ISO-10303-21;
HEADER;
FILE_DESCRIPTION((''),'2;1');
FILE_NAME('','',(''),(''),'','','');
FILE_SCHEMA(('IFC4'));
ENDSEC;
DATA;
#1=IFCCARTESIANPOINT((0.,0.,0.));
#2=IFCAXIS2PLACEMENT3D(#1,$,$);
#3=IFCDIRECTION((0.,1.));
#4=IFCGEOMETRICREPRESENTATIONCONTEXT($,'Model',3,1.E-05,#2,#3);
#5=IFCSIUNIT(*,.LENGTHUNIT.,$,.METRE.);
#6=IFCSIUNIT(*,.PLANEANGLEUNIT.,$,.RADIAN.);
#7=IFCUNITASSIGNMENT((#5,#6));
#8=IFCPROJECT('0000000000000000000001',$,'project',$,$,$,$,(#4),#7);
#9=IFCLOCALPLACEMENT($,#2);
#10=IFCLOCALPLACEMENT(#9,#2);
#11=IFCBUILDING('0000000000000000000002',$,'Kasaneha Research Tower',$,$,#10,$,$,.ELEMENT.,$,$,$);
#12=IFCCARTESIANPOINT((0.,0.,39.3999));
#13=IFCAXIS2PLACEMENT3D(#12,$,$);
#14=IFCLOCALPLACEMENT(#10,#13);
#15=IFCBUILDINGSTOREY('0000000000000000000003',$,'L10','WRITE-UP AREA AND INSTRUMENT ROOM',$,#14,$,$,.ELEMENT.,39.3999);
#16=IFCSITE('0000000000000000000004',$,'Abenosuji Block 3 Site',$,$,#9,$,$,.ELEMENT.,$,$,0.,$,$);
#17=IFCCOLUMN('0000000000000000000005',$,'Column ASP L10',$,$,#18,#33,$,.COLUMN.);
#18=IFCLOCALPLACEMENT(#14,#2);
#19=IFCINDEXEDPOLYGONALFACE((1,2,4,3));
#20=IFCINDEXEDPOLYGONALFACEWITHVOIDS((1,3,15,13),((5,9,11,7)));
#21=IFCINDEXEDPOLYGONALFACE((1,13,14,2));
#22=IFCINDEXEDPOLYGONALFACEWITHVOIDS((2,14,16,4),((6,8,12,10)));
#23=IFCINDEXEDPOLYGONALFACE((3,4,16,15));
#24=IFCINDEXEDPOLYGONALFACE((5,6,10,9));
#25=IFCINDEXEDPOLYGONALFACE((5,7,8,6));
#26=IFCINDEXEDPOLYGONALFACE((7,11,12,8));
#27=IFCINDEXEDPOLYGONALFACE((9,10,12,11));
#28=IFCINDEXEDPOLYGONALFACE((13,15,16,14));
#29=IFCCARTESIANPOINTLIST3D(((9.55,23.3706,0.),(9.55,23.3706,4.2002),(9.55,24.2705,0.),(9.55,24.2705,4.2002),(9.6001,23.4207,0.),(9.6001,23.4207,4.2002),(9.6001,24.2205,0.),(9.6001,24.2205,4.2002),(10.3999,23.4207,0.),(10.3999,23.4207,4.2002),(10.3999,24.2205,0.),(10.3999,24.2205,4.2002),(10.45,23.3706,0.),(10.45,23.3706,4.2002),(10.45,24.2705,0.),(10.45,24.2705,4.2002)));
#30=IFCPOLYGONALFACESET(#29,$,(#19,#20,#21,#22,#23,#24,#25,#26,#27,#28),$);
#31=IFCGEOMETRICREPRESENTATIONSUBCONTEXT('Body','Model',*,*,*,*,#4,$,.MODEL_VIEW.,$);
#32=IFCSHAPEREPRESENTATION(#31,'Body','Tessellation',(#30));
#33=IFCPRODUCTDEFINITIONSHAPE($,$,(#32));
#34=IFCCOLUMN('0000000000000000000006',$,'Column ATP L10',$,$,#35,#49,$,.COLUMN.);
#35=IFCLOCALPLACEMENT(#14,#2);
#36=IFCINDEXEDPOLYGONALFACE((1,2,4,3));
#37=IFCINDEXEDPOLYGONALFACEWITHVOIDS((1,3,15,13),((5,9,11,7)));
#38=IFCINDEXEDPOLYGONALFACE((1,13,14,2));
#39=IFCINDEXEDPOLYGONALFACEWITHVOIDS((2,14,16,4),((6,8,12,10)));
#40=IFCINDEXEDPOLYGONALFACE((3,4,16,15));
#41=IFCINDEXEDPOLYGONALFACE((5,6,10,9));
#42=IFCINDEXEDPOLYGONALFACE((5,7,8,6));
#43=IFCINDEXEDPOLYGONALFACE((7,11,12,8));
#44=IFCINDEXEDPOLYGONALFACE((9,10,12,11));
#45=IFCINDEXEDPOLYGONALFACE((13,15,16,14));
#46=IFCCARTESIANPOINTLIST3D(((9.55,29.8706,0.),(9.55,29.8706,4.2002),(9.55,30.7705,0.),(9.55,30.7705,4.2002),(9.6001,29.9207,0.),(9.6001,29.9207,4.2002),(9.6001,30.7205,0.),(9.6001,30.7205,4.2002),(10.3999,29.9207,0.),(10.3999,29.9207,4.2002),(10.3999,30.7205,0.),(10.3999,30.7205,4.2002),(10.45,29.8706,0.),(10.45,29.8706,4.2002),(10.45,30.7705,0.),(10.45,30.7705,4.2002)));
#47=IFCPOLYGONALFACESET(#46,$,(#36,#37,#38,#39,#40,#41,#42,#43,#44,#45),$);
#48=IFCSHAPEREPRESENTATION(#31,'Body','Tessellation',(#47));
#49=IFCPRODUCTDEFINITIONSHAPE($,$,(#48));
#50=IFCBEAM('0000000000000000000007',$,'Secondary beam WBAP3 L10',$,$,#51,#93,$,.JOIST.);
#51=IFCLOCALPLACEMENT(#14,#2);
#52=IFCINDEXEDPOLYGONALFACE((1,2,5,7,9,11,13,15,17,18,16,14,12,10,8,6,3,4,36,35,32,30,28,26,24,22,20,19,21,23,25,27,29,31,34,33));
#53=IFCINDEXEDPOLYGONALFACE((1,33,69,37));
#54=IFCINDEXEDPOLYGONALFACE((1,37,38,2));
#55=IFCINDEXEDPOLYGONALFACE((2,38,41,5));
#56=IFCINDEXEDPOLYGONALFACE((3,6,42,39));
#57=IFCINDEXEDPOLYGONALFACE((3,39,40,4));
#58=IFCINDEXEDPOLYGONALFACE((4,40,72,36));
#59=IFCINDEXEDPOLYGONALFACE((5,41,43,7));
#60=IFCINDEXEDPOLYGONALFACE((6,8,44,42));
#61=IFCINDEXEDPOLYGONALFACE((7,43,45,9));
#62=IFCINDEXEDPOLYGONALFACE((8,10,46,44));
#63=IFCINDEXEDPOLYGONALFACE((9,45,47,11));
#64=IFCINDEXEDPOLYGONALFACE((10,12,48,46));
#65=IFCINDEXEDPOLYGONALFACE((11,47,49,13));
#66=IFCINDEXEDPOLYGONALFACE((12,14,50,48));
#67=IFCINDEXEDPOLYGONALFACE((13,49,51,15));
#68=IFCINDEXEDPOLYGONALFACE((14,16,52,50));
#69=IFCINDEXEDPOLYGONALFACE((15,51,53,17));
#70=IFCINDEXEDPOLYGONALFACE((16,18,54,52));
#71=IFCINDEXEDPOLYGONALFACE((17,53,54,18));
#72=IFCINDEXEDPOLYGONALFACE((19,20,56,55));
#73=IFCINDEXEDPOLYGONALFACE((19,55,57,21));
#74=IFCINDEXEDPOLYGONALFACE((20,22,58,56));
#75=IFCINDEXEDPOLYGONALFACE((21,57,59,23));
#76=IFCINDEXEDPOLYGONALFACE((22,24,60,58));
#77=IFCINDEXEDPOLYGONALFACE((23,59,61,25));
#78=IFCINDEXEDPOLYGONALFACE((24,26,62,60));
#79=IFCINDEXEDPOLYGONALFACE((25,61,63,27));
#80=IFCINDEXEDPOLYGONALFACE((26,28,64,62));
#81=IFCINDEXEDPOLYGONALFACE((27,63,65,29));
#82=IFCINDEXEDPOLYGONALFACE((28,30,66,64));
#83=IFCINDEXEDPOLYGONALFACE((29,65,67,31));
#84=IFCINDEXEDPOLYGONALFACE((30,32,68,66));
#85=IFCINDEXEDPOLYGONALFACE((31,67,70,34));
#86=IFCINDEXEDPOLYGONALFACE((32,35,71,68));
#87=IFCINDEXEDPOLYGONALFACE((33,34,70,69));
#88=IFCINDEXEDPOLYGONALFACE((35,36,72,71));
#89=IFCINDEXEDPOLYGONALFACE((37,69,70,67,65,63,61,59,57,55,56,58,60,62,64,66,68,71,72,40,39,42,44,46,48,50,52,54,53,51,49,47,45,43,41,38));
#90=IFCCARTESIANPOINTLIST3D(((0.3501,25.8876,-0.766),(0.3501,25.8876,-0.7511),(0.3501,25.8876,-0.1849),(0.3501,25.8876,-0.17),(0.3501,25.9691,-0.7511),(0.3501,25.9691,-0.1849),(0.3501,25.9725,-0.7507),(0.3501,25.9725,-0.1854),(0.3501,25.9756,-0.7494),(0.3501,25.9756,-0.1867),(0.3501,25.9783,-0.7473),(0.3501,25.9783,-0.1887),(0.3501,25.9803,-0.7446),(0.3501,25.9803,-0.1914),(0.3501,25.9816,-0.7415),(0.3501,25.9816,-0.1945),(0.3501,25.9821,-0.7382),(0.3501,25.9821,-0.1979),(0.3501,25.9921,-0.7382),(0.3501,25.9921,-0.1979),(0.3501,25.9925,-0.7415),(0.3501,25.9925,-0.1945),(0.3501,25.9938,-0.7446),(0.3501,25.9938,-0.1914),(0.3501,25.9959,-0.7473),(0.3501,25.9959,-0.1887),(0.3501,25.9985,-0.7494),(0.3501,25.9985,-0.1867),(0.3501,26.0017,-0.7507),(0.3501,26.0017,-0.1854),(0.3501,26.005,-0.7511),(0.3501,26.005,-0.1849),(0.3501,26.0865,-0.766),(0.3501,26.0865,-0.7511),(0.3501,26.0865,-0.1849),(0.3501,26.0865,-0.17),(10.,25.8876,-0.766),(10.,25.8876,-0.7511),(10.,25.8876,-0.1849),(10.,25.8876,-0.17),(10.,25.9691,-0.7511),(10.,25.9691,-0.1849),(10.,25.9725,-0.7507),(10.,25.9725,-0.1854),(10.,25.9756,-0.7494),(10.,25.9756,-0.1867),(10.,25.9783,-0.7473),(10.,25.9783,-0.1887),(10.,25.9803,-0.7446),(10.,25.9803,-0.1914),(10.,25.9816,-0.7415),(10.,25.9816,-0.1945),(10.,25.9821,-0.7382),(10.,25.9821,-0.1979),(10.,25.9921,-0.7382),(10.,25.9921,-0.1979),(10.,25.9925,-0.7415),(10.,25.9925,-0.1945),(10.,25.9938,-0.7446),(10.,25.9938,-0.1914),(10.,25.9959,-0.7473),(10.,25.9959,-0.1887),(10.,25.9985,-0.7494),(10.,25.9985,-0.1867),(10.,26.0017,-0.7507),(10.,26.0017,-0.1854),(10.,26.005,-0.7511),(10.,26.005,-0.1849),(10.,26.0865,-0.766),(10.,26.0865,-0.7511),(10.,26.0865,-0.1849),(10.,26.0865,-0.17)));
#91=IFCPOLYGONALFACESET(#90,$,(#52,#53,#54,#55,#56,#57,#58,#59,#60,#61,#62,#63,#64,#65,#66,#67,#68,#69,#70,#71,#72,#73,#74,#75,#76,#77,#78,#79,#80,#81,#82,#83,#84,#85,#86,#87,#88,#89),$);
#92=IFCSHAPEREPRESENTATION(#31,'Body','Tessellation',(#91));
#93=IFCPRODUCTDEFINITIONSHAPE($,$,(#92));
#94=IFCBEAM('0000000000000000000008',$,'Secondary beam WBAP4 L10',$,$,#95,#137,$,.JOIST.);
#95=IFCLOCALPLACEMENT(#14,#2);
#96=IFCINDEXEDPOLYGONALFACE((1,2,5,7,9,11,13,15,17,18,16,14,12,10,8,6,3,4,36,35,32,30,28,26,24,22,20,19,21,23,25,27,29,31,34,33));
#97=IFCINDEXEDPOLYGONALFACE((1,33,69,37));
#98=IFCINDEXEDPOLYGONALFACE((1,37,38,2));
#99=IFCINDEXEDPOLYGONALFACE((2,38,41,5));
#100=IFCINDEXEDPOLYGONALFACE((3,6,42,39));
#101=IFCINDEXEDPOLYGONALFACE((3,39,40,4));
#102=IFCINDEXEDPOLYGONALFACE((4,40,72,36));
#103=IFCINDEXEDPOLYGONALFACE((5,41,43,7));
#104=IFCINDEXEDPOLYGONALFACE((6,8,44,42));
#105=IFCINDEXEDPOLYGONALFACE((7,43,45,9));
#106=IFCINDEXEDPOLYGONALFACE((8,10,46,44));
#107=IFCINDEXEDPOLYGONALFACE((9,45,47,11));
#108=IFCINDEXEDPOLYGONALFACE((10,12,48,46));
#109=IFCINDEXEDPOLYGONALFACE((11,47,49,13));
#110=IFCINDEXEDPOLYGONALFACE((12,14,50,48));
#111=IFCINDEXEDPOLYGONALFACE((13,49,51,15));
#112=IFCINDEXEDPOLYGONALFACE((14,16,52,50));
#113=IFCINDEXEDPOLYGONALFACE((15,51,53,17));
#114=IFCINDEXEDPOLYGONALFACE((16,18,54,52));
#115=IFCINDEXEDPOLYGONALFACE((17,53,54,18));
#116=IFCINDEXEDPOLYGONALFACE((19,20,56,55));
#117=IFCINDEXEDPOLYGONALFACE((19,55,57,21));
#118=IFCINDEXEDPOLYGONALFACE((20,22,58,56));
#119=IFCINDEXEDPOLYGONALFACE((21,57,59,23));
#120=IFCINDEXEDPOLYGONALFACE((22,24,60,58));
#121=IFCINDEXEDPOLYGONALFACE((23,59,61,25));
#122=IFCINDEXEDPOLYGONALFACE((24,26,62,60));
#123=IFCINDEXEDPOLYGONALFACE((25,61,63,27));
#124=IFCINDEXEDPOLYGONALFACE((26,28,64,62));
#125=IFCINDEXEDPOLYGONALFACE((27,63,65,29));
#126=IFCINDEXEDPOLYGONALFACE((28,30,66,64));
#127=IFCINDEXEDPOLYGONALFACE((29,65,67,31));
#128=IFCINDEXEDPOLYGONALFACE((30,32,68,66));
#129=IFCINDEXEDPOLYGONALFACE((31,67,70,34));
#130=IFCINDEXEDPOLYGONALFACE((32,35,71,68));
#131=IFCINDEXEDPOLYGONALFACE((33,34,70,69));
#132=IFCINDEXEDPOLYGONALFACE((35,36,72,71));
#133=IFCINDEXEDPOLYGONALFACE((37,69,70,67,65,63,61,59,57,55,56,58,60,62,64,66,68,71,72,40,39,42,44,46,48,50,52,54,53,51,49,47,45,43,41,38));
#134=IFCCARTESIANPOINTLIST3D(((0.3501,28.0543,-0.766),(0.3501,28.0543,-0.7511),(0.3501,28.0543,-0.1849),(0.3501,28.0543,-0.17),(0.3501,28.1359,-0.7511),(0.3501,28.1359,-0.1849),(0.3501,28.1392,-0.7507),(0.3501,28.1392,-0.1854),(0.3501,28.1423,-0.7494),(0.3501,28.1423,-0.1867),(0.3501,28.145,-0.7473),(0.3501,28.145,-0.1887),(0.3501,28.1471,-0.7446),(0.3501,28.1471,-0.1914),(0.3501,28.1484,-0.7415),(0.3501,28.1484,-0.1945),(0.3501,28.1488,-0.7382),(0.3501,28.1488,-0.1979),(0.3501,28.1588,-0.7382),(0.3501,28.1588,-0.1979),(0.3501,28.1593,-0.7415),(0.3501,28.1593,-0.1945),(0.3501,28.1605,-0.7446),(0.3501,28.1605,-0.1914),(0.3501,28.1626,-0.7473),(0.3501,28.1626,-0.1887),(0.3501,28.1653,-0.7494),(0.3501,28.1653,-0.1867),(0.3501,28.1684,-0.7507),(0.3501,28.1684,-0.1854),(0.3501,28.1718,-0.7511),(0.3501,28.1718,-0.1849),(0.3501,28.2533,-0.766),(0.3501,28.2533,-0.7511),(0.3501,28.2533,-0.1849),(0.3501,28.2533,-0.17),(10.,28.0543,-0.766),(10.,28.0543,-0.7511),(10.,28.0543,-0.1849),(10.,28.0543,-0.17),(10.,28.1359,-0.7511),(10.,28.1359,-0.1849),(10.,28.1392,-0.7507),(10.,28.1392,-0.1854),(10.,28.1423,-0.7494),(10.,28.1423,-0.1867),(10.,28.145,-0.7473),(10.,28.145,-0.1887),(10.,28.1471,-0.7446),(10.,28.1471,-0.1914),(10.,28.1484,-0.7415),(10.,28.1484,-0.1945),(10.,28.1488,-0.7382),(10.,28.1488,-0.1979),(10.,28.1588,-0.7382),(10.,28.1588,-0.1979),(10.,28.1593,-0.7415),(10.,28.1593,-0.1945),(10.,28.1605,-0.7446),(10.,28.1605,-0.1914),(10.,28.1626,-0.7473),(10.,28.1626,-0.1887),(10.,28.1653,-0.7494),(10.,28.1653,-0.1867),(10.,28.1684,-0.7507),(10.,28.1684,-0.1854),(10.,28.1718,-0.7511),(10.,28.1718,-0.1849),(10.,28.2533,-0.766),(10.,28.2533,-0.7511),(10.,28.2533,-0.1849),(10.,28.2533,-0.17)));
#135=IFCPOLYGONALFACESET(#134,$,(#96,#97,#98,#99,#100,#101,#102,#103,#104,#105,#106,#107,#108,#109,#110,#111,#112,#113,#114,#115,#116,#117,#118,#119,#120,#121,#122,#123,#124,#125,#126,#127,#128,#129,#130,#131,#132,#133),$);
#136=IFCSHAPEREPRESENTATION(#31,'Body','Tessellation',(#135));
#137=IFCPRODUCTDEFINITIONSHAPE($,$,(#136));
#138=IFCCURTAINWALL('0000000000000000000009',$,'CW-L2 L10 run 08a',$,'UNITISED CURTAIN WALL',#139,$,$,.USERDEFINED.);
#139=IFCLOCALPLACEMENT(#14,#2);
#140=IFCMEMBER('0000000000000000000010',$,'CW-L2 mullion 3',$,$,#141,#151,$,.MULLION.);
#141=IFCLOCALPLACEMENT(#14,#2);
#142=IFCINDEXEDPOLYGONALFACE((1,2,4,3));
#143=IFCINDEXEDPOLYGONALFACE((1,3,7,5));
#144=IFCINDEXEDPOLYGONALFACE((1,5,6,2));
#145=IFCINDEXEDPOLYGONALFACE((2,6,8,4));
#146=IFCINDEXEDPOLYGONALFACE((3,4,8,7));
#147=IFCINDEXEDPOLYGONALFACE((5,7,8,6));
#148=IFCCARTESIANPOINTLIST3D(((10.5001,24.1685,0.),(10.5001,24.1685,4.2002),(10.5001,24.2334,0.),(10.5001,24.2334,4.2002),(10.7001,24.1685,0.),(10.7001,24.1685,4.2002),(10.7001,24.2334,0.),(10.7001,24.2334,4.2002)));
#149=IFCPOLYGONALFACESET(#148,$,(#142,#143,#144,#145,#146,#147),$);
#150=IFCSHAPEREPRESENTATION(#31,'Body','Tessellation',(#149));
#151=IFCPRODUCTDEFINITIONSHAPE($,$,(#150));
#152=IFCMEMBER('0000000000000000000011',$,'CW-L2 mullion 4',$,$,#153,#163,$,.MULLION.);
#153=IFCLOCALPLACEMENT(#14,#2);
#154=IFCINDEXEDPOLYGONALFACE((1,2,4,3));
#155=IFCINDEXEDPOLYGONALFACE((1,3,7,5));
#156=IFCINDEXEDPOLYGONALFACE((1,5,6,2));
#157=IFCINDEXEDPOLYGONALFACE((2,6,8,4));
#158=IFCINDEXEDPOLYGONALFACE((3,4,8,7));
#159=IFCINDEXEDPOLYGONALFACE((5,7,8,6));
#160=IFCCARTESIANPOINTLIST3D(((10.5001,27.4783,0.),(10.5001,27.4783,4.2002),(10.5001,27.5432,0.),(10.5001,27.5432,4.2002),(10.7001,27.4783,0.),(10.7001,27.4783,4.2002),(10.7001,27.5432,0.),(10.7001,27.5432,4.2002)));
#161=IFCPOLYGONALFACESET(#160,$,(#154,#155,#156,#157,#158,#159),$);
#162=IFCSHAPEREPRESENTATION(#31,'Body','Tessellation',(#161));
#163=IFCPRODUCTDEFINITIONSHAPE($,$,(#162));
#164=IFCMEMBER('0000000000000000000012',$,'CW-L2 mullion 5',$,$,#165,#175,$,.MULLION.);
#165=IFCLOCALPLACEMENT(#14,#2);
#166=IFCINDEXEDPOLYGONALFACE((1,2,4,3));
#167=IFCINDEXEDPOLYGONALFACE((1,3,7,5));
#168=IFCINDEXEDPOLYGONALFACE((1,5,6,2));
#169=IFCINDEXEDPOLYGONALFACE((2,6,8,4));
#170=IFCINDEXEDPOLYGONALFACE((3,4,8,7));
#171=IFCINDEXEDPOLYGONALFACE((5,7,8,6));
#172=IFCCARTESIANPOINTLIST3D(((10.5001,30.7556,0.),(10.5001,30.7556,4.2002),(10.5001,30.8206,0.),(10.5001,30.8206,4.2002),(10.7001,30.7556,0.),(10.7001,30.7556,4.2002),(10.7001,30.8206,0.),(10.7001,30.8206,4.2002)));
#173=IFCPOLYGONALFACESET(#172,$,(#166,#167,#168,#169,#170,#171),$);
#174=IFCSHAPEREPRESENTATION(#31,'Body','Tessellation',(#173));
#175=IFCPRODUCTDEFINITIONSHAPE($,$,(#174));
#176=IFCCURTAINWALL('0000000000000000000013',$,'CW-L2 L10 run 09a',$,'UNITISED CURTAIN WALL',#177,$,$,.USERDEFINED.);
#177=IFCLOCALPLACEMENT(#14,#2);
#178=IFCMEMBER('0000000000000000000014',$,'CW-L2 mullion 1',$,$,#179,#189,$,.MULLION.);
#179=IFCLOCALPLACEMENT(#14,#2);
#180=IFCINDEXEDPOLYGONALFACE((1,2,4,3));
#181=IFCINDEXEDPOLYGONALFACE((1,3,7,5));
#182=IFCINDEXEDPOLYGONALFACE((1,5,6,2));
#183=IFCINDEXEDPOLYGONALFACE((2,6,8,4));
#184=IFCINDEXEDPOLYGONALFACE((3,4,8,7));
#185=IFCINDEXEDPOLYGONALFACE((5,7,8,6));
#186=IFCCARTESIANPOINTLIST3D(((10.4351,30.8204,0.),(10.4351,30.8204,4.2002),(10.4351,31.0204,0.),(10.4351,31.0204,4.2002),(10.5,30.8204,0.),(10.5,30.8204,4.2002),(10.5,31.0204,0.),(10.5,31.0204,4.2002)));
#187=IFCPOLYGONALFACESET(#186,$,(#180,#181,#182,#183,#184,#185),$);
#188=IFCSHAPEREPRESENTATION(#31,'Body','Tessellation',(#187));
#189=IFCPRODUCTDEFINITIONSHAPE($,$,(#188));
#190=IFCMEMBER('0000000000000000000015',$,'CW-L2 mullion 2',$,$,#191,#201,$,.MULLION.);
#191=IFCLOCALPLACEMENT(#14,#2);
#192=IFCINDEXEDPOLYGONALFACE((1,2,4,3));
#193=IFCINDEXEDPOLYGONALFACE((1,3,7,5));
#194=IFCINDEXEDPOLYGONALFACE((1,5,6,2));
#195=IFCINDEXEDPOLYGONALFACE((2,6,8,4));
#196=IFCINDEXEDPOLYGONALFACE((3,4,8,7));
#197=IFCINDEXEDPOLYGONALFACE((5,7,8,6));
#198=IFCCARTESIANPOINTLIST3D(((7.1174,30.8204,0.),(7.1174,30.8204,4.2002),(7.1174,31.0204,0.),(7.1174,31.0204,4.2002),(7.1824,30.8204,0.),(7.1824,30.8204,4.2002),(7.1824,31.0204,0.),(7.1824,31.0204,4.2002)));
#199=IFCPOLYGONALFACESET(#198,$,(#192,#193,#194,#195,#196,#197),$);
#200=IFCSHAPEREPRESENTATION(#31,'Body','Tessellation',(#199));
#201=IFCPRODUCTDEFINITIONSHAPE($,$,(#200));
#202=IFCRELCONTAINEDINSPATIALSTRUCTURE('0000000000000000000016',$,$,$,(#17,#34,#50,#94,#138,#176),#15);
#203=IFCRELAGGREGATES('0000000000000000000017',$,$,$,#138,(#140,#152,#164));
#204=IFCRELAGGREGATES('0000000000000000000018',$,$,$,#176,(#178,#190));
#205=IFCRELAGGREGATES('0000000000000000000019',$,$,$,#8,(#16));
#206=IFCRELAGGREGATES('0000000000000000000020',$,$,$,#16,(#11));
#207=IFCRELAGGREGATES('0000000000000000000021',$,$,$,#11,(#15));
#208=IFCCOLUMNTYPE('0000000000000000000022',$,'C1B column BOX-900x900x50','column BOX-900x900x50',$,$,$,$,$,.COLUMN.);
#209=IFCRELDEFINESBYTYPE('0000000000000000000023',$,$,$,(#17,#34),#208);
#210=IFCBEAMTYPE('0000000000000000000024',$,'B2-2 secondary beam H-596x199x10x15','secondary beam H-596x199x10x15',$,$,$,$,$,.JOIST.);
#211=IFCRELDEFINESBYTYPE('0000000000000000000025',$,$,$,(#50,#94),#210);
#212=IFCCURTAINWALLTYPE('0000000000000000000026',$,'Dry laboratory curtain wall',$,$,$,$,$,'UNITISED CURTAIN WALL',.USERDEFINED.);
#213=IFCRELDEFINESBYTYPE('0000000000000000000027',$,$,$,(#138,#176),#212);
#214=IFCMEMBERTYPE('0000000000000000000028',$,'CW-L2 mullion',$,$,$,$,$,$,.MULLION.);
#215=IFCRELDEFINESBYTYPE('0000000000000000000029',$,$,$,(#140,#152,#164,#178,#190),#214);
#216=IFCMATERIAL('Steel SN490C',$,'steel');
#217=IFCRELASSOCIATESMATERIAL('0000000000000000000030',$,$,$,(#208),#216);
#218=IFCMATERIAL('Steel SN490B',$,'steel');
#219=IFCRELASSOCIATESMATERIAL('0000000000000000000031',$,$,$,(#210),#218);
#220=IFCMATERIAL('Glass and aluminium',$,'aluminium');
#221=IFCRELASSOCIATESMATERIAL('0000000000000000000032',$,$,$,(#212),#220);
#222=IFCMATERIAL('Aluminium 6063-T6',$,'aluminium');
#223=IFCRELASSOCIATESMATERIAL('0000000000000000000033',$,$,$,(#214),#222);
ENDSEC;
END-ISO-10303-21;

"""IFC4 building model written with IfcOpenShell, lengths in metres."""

from ifc_helpers import new_model, si_unit, direction, frame, origin, origin_2d, place, context, subcontext, project, spatial, rectangle, hollow_rectangle, i_section, extrude, material, material_profile, profile_set, type_object, element, aggregate, save


model = new_model("IFC4")

# Units and contexts
model_context = context("Model", 3, precision=1e-05, world=origin(), true_north=direction((0.0, 1.0)))
body_context = subcontext(model_context, "Body", "Model", "MODEL_VIEW")
ifc_project = project(units=[si_unit("LENGTHUNIT", "METRE"), si_unit("PLANEANGLEUNIT", "RADIAN")], contexts=[model_context])

# Site, building, storey
site_placement = place(None, origin())
site = spatial("IfcSite", under=ifc_project, at=site_placement, Name="Abenosuji Block 3 Site", CompositionType="ELEMENT", RefElevation=0.0)
building_placement = place(site_placement, origin())
building = spatial("IfcBuilding", under=site, at=building_placement, Name="Kasaneha Research Tower", CompositionType="ELEMENT")
storey_placement = place(building_placement, frame((0.0, 0.0, 39.3999)))
storey = spatial("IfcBuildingStorey", under=building, at=storey_placement, Name="L10", Description="WRITE-UP AREA AND INSTRUMENT ROOM", CompositionType="ELEMENT", Elevation=39.3999)

# Columns
ifc_material_1 = material(Name="Steel SN490C", Category="steel")
ifc_material_profile_1 = material_profile(ifc_material_1, hollow_rectangle(XDim=0.8999, YDim=0.8999, WallThickness=0.05, at=origin_2d()), Name="BOX-900x900x50")
ifc_profile_set_1 = profile_set([ifc_material_profile_1], Name="Steel SN490C")
column_type = type_object("IfcColumnType", Name="C1B column BOX-900x900x50", Description="column BOX-900x900x50", PredefinedType="COLUMN", material=ifc_profile_set_1)
for number, where, z_axis, x_axis, name in (
    (1, (10.0, 23.8206, 0.0), (0.0, 0.0, 1.0), (1.0, 0.0, 0.0), "Column ASP L10"),
    (2, (10.0, 30.3206, 0.0), (0.0, 0.0, 1.0), (1.0, 0.0, 0.0), "Column ATP L10"),
):
    element("IfcColumn", number, at=place(storey_placement, frame(where, z_axis=z_axis, x_axis=x_axis)), inside=storey, type_object=column_type, Name=name, PredefinedType="COLUMN", context=body_context, shape_type="SweptSolid", body=[
        extrude(hollow_rectangle(XDim=0.8999, YDim=0.8999, WallThickness=0.05, at=origin_2d()), origin(), (0.0, 0.0, 1.0), 4.2002),
    ])

# Beams
ifc_material_2 = material(Name="Steel SN490B", Category="steel")
ifc_material_profile_2 = material_profile(ifc_material_2, i_section(OverallWidth=0.199, OverallDepth=0.5959, WebThickness=0.01, FlangeThickness=0.0149, FilletRadius=0.0129, at=origin_2d()), Name="H-596x199x10x15")
ifc_profile_set_2 = profile_set([ifc_material_profile_2], Name="Steel SN490B")
beam_type_1 = type_object("IfcBeamType", Name="B2-2 secondary beam H-596x199x10x15", Description="secondary beam H-596x199x10x15", PredefinedType="JOIST", material=ifc_profile_set_2)
for number, where, z_axis, x_axis, name in (
    (3, (10.0, 25.9871, -0.468), (-1.0, 0.0, 0.0), (0.0, -1.0, 0.0), "Secondary beam WBAP3 L10"),
    (4, (10.0, 28.1538, -0.468), (-1.0, 0.0, 0.0), (0.0, -1.0, 0.0), "Secondary beam WBAP4 L10"),
):
    element("IfcBeam", number, at=place(storey_placement, frame(where, z_axis=z_axis, x_axis=x_axis)), inside=storey, type_object=beam_type_1, Name=name, PredefinedType="JOIST", context=body_context, shape_type="SweptSolid", body=[
        extrude(i_section(OverallWidth=0.199, OverallDepth=0.5959, WebThickness=0.01, FlangeThickness=0.0149, FilletRadius=0.0129, at=origin_2d()), origin(), (0.0, 0.0, 1.0), 9.6499),
    ])

# Curtain walls, members
ifc_material_3 = material(Name="Glass and aluminium", Category="aluminium")
curtain_wall_type = type_object("IfcCurtainWallType", Name="Dry laboratory curtain wall", ElementType="UNITISED CURTAIN WALL", PredefinedType="USERDEFINED", material=ifc_material_3)
curtain_wall_1_placement = place(storey_placement, origin())
curtain_wall_1 = element("IfcCurtainWall", 5, at=curtain_wall_1_placement, inside=storey, type_object=curtain_wall_type, Name="CW-L2 L10 run 08a", ObjectType="UNITISED CURTAIN WALL", PredefinedType="USERDEFINED")
ifc_material_4 = material(Name="Aluminium 6063-T6", Category="aluminium")
ifc_material_profile_3 = material_profile(ifc_material_4, rectangle(XDim=0.0649, YDim=0.2, at=origin_2d()), Name="CW-L2 mullion 65x200")
ifc_profile_set_3 = profile_set([ifc_material_profile_3], Name="Aluminium 6063-T6")
member_type_1 = type_object("IfcMemberType", Name="CW-L2 mullion", PredefinedType="MULLION", material=ifc_profile_set_3)
member_1_placement = place(storey_placement, frame((10.6001, 24.2009, 0.0), z_axis=(0.0, 0.0, 1.0), x_axis=(0.0, 1.0, 0.0)))
member_1 = element("IfcMember", 6, at=member_1_placement, type_object=member_type_1, Name="CW-L2 mullion 3", PredefinedType="MULLION", context=body_context, shape_type="SweptSolid", body=[
    extrude(rectangle(XDim=0.0649, YDim=0.2, at=origin_2d()), origin(), (0.0, 0.0, 1.0), 4.2002),
])
member_2_placement = place(storey_placement, frame((10.6001, 27.5107, 0.0), z_axis=(0.0, 0.0, 1.0), x_axis=(0.0, 1.0, 0.0)))
member_2 = element("IfcMember", 7, at=member_2_placement, type_object=member_type_1, Name="CW-L2 mullion 4", PredefinedType="MULLION", context=body_context, shape_type="SweptSolid", body=[
    extrude(rectangle(XDim=0.0649, YDim=0.2, at=origin_2d()), origin(), (0.0, 0.0, 1.0), 4.2002),
])
member_3_placement = place(storey_placement, frame((10.6001, 30.7881, 0.0), z_axis=(0.0, 0.0, 1.0), x_axis=(0.0, 1.0, 0.0)))
member_3 = element("IfcMember", 8, at=member_3_placement, type_object=member_type_1, Name="CW-L2 mullion 5", PredefinedType="MULLION", context=body_context, shape_type="SweptSolid", body=[
    extrude(rectangle(XDim=0.0649, YDim=0.2, at=origin_2d()), origin(), (0.0, 0.0, 1.0), 4.2002),
])
curtain_wall_2_placement = place(storey_placement, origin())
curtain_wall_2 = element("IfcCurtainWall", 9, at=curtain_wall_2_placement, inside=storey, type_object=curtain_wall_type, Name="CW-L2 L10 run 09a", ObjectType="UNITISED CURTAIN WALL", PredefinedType="USERDEFINED")
member_4_placement = place(storey_placement, frame((10.4675, 30.9204, 0.0), z_axis=(0.0, 0.0, 1.0), x_axis=(-1.0, 0.0, 0.0)))
member_4 = element("IfcMember", 10, at=member_4_placement, type_object=member_type_1, Name="CW-L2 mullion 1", PredefinedType="MULLION", context=body_context, shape_type="SweptSolid", body=[
    extrude(rectangle(XDim=0.0649, YDim=0.2, at=origin_2d()), origin(), (0.0, 0.0, 1.0), 4.2002),
])
member_5_placement = place(storey_placement, frame((7.1499, 30.9204, 0.0), z_axis=(0.0, 0.0, 1.0), x_axis=(-1.0, 0.0, 0.0)))
member_5 = element("IfcMember", 11, at=member_5_placement, type_object=member_type_1, Name="CW-L2 mullion 2", PredefinedType="MULLION", context=body_context, shape_type="SweptSolid", body=[
    extrude(rectangle(XDim=0.0649, YDim=0.2, at=origin_2d()), origin(), (0.0, 0.0, 1.0), 4.2002),
])

aggregate(curtain_wall_1, [member_1, member_2, member_3])
aggregate(curtain_wall_2, [member_4, member_5])

save(model, "model.ifc")
